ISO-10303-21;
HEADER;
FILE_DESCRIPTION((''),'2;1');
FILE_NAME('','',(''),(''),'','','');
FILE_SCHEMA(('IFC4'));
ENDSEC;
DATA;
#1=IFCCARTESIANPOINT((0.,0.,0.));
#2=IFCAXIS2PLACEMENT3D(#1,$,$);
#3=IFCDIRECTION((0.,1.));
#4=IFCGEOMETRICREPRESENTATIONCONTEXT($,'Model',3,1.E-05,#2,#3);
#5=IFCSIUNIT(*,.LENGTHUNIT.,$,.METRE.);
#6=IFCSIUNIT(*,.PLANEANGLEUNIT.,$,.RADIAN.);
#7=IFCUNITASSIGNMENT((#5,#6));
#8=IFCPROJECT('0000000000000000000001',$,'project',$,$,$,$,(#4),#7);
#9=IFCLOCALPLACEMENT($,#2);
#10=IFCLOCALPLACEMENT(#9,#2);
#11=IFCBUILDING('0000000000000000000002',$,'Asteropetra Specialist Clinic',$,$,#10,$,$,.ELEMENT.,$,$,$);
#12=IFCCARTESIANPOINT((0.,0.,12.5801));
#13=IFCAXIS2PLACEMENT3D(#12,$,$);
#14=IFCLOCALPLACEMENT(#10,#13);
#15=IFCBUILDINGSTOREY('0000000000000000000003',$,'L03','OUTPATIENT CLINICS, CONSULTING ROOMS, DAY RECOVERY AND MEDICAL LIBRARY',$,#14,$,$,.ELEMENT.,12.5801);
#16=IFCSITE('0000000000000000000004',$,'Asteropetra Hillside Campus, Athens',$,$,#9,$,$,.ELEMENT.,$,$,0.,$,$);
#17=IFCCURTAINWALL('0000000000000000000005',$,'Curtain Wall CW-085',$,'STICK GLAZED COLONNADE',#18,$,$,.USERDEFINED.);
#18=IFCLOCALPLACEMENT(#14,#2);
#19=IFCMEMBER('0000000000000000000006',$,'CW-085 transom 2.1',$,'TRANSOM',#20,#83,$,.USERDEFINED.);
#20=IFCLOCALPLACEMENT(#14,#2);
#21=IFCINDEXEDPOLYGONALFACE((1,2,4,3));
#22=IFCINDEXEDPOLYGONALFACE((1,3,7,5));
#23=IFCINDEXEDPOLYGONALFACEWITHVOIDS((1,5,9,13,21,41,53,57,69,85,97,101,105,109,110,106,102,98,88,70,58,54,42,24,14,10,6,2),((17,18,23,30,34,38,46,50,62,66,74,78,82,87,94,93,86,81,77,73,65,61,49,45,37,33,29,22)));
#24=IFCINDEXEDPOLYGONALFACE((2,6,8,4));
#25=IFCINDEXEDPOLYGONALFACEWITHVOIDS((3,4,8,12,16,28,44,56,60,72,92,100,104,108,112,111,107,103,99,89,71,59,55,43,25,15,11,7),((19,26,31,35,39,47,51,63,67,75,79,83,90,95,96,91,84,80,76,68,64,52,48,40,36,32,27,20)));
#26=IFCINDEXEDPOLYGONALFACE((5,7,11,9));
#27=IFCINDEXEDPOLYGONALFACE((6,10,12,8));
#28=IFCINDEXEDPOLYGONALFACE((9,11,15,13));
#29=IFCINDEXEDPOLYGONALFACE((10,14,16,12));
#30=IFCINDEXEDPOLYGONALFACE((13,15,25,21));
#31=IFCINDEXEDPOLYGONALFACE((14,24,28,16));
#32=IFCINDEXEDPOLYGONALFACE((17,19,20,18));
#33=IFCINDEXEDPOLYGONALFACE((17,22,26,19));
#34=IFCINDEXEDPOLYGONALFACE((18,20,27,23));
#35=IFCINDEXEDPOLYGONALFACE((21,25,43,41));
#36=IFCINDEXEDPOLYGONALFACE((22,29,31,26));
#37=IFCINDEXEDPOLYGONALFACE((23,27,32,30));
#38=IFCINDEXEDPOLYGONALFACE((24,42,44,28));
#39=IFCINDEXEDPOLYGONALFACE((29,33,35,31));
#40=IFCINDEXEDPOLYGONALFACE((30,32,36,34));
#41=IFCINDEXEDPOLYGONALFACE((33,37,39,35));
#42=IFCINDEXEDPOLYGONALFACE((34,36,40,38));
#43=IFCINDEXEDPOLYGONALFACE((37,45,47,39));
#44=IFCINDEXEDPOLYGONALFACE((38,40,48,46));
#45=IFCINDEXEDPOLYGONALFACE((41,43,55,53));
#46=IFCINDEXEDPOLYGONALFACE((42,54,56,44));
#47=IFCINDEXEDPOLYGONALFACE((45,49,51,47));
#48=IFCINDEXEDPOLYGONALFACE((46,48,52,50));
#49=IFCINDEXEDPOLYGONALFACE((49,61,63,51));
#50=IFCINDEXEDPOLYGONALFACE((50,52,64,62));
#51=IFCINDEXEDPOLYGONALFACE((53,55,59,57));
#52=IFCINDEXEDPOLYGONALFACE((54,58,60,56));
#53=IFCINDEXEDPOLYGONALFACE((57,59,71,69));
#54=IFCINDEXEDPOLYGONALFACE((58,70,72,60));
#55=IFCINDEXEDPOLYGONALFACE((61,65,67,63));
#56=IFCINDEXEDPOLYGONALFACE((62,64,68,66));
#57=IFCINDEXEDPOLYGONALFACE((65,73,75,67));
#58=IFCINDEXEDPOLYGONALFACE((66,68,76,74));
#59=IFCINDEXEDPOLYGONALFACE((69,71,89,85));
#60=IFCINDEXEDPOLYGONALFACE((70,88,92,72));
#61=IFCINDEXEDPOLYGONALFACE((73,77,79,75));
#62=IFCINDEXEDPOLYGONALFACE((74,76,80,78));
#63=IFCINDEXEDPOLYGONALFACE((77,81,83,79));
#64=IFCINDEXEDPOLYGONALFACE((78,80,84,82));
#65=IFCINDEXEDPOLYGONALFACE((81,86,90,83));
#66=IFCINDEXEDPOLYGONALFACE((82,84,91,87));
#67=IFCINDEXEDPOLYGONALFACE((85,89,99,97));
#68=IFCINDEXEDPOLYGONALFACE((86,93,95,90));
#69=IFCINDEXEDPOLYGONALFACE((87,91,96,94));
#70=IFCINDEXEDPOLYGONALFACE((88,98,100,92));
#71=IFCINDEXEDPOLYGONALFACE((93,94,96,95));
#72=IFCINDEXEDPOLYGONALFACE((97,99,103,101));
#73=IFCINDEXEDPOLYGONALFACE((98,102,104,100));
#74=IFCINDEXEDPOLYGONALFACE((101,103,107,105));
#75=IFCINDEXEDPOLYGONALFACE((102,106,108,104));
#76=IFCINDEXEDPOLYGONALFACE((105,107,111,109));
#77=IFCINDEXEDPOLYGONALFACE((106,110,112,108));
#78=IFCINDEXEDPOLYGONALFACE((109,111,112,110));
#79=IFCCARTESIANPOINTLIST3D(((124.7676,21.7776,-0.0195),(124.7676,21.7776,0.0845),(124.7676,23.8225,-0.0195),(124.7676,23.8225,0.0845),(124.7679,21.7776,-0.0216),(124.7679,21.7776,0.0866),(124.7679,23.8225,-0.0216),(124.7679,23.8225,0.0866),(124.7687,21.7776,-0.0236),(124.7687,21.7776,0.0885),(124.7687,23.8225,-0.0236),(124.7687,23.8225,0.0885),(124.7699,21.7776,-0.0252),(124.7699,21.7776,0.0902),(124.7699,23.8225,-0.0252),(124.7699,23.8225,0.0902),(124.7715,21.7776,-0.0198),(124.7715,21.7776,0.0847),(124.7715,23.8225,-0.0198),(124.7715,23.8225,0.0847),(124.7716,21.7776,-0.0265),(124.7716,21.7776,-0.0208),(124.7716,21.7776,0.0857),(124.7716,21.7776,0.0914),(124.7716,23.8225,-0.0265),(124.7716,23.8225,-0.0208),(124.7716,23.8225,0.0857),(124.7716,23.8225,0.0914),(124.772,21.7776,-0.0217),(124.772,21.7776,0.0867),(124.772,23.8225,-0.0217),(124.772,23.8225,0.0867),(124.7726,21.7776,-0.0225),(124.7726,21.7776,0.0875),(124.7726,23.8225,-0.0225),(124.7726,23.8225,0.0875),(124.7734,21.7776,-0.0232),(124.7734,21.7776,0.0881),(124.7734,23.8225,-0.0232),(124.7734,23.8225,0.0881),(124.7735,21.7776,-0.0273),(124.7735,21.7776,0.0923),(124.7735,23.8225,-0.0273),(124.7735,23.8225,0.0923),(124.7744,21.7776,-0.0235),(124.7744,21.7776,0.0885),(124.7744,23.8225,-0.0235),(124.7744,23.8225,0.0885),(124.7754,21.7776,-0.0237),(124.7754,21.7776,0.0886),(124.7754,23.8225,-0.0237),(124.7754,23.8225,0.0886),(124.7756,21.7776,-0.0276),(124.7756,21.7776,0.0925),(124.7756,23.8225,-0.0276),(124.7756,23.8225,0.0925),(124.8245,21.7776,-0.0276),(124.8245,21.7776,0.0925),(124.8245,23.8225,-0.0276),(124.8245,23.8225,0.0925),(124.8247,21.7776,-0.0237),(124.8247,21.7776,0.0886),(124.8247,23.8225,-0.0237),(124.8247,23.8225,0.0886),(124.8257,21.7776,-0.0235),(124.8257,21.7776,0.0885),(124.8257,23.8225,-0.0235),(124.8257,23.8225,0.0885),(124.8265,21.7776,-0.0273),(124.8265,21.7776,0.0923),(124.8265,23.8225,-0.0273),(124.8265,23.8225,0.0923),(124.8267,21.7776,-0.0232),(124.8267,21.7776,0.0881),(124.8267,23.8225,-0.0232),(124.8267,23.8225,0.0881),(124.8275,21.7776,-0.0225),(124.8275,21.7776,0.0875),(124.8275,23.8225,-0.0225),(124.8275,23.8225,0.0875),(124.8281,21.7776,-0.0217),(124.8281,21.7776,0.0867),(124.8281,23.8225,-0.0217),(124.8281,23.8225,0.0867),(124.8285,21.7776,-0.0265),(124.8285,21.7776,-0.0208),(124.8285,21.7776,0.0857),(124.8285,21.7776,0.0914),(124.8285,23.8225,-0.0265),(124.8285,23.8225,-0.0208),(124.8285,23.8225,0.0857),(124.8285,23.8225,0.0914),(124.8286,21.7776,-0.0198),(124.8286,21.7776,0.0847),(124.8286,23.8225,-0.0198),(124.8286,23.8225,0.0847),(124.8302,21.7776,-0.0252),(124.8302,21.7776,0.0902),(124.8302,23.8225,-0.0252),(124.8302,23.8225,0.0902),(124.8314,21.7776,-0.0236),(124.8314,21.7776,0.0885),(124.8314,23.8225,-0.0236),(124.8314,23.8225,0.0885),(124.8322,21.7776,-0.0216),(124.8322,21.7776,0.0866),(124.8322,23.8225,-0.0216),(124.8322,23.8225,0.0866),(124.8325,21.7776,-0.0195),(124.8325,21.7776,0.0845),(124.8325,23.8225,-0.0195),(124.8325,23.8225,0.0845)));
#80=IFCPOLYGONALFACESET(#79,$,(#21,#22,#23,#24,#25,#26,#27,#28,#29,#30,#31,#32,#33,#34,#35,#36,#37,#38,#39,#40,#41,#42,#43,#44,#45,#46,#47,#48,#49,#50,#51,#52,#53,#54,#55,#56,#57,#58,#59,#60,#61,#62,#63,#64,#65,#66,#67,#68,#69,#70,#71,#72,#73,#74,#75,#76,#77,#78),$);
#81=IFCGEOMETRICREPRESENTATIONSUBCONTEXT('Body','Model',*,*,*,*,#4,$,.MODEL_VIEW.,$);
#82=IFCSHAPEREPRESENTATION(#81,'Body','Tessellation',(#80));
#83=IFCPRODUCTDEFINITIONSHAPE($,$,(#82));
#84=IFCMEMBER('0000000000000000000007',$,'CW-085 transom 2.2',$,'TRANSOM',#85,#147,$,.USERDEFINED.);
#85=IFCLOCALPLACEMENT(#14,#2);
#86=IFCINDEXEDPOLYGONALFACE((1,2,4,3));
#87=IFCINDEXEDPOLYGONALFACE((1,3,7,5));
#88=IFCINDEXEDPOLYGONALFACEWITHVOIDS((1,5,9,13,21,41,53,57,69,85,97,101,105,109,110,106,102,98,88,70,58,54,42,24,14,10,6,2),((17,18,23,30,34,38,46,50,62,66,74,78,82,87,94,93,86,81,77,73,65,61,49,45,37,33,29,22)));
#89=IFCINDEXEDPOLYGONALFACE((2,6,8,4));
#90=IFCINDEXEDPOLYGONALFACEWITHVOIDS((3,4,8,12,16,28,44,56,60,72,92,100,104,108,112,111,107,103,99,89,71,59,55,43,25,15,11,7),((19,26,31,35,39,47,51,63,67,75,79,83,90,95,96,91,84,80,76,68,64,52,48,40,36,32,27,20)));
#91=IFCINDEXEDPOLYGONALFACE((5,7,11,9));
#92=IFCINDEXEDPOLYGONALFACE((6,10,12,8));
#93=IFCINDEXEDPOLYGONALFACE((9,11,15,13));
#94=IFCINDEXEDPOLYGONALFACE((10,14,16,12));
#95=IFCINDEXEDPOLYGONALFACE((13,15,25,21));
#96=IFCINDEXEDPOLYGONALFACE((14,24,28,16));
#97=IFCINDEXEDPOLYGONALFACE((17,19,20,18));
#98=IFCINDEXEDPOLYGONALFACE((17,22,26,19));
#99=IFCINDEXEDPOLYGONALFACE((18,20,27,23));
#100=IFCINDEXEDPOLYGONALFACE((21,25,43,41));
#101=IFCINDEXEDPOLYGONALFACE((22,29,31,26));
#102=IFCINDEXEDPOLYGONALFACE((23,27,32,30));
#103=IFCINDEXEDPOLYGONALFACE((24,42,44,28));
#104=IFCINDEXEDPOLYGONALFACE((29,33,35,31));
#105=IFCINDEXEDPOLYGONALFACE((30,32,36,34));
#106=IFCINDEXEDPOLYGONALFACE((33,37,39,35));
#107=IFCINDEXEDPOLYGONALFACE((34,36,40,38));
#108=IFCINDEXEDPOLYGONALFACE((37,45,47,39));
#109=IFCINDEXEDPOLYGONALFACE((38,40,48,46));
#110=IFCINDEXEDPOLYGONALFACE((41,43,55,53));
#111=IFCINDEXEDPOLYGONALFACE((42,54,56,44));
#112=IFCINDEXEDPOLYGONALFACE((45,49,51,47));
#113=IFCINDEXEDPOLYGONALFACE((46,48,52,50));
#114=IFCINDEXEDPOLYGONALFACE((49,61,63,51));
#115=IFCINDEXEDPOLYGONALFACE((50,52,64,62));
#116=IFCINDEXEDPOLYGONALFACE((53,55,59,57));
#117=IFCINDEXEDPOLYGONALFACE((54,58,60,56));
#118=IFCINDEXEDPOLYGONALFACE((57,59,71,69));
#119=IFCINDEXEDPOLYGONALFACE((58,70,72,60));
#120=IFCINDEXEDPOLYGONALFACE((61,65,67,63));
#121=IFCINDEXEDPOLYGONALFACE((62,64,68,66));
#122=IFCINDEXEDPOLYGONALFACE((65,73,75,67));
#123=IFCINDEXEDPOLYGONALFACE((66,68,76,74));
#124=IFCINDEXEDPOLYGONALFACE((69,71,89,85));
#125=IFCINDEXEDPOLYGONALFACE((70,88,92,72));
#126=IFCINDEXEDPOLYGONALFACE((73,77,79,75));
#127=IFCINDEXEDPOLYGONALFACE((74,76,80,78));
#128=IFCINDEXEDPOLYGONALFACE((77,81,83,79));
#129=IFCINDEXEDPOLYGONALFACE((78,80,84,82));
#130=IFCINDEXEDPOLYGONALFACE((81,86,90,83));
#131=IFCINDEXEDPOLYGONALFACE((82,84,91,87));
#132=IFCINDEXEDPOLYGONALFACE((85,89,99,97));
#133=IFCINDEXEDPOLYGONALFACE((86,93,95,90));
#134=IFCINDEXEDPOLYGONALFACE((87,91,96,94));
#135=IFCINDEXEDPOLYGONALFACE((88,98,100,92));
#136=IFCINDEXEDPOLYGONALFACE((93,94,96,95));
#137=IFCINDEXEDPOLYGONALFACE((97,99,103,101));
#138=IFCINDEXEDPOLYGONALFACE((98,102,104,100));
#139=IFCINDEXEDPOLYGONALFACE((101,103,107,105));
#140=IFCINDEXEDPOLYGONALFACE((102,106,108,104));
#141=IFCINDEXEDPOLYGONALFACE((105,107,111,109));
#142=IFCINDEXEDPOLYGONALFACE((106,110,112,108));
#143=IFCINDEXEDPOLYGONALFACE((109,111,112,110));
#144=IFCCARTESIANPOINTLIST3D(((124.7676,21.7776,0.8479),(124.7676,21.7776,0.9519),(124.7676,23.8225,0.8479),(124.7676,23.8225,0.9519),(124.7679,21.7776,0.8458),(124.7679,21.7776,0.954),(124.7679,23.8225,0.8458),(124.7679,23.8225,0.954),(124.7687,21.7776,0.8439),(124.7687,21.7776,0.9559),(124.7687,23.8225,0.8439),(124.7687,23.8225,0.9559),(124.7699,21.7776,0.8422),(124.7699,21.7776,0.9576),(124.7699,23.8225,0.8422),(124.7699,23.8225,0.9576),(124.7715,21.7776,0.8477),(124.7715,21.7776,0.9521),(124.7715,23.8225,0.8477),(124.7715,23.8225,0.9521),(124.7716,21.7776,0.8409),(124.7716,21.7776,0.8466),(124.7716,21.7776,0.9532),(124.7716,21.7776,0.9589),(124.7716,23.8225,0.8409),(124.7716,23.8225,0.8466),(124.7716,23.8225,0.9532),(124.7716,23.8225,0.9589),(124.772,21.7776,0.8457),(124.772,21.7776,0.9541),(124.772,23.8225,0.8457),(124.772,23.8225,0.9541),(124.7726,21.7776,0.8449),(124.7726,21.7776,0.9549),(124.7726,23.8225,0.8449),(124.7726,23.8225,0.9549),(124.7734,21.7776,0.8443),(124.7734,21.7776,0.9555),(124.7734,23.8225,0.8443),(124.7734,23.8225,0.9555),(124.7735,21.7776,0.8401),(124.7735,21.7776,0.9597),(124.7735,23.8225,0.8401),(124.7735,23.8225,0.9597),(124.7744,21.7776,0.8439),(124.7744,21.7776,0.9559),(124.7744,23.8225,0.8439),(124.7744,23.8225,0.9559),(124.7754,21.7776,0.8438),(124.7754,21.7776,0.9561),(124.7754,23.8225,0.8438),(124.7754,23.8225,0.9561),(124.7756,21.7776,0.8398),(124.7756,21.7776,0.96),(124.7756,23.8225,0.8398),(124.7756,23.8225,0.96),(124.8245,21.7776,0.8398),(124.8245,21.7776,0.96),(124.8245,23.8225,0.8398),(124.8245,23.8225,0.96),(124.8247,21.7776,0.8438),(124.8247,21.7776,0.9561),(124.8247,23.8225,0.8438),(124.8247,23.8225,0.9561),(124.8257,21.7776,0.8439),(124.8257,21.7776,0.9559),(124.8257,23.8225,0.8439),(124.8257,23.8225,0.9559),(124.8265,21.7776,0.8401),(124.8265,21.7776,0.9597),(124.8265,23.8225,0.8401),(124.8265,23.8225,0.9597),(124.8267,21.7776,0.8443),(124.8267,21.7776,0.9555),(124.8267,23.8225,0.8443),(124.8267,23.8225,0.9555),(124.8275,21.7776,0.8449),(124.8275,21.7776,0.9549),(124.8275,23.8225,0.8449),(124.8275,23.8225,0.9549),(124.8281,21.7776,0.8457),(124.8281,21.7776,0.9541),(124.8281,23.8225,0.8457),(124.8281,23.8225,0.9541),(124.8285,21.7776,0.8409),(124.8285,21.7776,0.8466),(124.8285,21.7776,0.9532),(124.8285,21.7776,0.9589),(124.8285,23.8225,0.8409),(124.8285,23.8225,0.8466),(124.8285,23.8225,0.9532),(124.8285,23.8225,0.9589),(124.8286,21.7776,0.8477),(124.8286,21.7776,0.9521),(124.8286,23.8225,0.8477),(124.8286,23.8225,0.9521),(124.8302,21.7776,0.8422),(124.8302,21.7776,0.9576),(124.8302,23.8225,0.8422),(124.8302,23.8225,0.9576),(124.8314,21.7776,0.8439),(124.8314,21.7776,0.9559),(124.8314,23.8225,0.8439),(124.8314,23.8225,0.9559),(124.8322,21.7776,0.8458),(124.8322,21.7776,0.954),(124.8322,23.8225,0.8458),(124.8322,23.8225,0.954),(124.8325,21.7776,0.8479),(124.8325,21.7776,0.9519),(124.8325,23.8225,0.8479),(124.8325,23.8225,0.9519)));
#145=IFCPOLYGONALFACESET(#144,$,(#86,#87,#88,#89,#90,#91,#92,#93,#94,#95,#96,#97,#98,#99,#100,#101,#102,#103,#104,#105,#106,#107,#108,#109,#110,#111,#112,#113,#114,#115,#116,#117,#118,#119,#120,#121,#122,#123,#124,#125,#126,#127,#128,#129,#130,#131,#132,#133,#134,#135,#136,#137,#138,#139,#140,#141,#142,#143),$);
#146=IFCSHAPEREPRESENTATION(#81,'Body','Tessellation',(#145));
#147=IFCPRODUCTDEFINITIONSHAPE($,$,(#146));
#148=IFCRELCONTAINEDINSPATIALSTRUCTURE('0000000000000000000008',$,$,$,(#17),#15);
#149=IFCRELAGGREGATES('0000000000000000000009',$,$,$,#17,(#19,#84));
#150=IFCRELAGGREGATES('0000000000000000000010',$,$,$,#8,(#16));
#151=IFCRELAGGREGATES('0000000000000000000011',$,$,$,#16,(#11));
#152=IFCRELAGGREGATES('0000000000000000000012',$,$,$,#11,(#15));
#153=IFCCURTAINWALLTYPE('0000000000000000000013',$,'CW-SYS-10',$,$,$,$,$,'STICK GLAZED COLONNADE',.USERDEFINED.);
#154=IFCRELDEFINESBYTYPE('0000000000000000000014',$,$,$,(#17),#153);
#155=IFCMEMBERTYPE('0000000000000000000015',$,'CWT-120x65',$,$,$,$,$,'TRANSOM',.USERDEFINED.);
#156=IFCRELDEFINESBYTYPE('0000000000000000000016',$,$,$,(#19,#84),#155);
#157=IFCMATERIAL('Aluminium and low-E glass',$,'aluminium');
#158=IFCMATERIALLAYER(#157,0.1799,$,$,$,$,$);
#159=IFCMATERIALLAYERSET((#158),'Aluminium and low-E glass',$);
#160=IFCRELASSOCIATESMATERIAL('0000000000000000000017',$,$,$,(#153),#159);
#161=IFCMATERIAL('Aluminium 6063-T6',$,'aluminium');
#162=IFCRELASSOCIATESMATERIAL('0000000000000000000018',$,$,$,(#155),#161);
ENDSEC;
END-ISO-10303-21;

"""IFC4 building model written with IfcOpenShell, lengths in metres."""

from ifc_helpers import new_model, si_unit, direction, frame, origin, origin_2d, place, context, subcontext, project, spatial, hollow_rectangle, extrude, material, layer, layer_set, material_profile, profile_set, type_object, element, aggregate, save


model = new_model("IFC4")

# Units and contexts
model_context = context("Model", 3, precision=1e-05, world=origin(), true_north=direction((0.0, 1.0)))
body_context = subcontext(model_context, "Body", "Model", "MODEL_VIEW")
ifc_project = project(units=[si_unit("LENGTHUNIT", "METRE"), si_unit("PLANEANGLEUNIT", "RADIAN")], contexts=[model_context])

# Site, building, storey
site_placement = place(None, origin())
site = spatial("IfcSite", under=ifc_project, at=site_placement, Name="Asteropetra Hillside Campus, Athens", CompositionType="ELEMENT", RefElevation=0.0)
building_placement = place(site_placement, origin())
building = spatial("IfcBuilding", under=site, at=building_placement, Name="Asteropetra Specialist Clinic", CompositionType="ELEMENT")
storey_placement = place(building_placement, frame((0.0, 0.0, 12.5801)))
storey = spatial("IfcBuildingStorey", under=building, at=storey_placement, Name="L03", Description="OUTPATIENT CLINICS, CONSULTING ROOMS, DAY RECOVERY AND MEDICAL LIBRARY", CompositionType="ELEMENT", Elevation=12.5801)

# Curtain wall
ifc_material_1 = material(Name="Aluminium and low-E glass", Category="aluminium")
ifc_layer_1 = layer(ifc_material_1, 0.1799)
ifc_layer_set_1 = layer_set([ifc_layer_1], Name="Aluminium and low-E glass")
curtain_wall_type_1 = type_object("IfcCurtainWallType", Name="CW-SYS-10", ElementType="STICK GLAZED COLONNADE", PredefinedType="USERDEFINED", material=ifc_layer_set_1)
curtain_wall_1_placement = place(storey_placement, origin())
curtain_wall_1 = element("IfcCurtainWall", 1, at=curtain_wall_1_placement, inside=storey, type_object=curtain_wall_type_1, Name="Curtain Wall CW-085", ObjectType="STICK GLAZED COLONNADE", PredefinedType="USERDEFINED")

# Members
ifc_material_2 = material(Name="Aluminium 6063-T6", Category="aluminium")
ifc_material_profile_1 = material_profile(ifc_material_2, hollow_rectangle(XDim=0.0649, YDim=0.1201, WallThickness=0.0039, InnerFilletRadius=0.0039, OuterFilletRadius=0.0081, at=origin_2d()), Name="TRN 120x65x4.0")
ifc_profile_set_1 = profile_set([ifc_material_profile_1], Name="Aluminium 6063-T6")
member_type_1 = type_object("IfcMemberType", Name="CWT-120x65", ElementType="TRANSOM", PredefinedType="USERDEFINED", material=ifc_profile_set_1)
member_1_placement = place(storey_placement, frame((124.8, 23.8225, 0.0325), z_axis=(0.0, -1.0, 0.0), x_axis=(1.0, 0.0, 0.0)))
member_1 = element("IfcMember", 2, at=member_1_placement, type_object=member_type_1, Name="CW-085 transom 2.1", ObjectType="TRANSOM", PredefinedType="USERDEFINED", context=body_context, shape_type="SweptSolid", body=[
    extrude(hollow_rectangle(XDim=0.0649, YDim=0.1201, WallThickness=0.0039, InnerFilletRadius=0.0039, OuterFilletRadius=0.0081, at=origin_2d()), origin(), (0.0, 0.0, 1.0), 2.0449),
])
member_2_placement = place(storey_placement, frame((124.8, 23.8225, 0.8999), z_axis=(0.0, -1.0, 0.0), x_axis=(1.0, 0.0, 0.0)))
member_2 = element("IfcMember", 3, at=member_2_placement, type_object=member_type_1, Name="CW-085 transom 2.2", ObjectType="TRANSOM", PredefinedType="USERDEFINED", context=body_context, shape_type="SweptSolid", body=[
    extrude(hollow_rectangle(XDim=0.0649, YDim=0.1201, WallThickness=0.0039, InnerFilletRadius=0.0039, OuterFilletRadius=0.0081, at=origin_2d()), origin(), (0.0, 0.0, 1.0), 2.0449),
])

aggregate(curtain_wall_1, [member_1, member_2])

save(model, "model.ifc")
